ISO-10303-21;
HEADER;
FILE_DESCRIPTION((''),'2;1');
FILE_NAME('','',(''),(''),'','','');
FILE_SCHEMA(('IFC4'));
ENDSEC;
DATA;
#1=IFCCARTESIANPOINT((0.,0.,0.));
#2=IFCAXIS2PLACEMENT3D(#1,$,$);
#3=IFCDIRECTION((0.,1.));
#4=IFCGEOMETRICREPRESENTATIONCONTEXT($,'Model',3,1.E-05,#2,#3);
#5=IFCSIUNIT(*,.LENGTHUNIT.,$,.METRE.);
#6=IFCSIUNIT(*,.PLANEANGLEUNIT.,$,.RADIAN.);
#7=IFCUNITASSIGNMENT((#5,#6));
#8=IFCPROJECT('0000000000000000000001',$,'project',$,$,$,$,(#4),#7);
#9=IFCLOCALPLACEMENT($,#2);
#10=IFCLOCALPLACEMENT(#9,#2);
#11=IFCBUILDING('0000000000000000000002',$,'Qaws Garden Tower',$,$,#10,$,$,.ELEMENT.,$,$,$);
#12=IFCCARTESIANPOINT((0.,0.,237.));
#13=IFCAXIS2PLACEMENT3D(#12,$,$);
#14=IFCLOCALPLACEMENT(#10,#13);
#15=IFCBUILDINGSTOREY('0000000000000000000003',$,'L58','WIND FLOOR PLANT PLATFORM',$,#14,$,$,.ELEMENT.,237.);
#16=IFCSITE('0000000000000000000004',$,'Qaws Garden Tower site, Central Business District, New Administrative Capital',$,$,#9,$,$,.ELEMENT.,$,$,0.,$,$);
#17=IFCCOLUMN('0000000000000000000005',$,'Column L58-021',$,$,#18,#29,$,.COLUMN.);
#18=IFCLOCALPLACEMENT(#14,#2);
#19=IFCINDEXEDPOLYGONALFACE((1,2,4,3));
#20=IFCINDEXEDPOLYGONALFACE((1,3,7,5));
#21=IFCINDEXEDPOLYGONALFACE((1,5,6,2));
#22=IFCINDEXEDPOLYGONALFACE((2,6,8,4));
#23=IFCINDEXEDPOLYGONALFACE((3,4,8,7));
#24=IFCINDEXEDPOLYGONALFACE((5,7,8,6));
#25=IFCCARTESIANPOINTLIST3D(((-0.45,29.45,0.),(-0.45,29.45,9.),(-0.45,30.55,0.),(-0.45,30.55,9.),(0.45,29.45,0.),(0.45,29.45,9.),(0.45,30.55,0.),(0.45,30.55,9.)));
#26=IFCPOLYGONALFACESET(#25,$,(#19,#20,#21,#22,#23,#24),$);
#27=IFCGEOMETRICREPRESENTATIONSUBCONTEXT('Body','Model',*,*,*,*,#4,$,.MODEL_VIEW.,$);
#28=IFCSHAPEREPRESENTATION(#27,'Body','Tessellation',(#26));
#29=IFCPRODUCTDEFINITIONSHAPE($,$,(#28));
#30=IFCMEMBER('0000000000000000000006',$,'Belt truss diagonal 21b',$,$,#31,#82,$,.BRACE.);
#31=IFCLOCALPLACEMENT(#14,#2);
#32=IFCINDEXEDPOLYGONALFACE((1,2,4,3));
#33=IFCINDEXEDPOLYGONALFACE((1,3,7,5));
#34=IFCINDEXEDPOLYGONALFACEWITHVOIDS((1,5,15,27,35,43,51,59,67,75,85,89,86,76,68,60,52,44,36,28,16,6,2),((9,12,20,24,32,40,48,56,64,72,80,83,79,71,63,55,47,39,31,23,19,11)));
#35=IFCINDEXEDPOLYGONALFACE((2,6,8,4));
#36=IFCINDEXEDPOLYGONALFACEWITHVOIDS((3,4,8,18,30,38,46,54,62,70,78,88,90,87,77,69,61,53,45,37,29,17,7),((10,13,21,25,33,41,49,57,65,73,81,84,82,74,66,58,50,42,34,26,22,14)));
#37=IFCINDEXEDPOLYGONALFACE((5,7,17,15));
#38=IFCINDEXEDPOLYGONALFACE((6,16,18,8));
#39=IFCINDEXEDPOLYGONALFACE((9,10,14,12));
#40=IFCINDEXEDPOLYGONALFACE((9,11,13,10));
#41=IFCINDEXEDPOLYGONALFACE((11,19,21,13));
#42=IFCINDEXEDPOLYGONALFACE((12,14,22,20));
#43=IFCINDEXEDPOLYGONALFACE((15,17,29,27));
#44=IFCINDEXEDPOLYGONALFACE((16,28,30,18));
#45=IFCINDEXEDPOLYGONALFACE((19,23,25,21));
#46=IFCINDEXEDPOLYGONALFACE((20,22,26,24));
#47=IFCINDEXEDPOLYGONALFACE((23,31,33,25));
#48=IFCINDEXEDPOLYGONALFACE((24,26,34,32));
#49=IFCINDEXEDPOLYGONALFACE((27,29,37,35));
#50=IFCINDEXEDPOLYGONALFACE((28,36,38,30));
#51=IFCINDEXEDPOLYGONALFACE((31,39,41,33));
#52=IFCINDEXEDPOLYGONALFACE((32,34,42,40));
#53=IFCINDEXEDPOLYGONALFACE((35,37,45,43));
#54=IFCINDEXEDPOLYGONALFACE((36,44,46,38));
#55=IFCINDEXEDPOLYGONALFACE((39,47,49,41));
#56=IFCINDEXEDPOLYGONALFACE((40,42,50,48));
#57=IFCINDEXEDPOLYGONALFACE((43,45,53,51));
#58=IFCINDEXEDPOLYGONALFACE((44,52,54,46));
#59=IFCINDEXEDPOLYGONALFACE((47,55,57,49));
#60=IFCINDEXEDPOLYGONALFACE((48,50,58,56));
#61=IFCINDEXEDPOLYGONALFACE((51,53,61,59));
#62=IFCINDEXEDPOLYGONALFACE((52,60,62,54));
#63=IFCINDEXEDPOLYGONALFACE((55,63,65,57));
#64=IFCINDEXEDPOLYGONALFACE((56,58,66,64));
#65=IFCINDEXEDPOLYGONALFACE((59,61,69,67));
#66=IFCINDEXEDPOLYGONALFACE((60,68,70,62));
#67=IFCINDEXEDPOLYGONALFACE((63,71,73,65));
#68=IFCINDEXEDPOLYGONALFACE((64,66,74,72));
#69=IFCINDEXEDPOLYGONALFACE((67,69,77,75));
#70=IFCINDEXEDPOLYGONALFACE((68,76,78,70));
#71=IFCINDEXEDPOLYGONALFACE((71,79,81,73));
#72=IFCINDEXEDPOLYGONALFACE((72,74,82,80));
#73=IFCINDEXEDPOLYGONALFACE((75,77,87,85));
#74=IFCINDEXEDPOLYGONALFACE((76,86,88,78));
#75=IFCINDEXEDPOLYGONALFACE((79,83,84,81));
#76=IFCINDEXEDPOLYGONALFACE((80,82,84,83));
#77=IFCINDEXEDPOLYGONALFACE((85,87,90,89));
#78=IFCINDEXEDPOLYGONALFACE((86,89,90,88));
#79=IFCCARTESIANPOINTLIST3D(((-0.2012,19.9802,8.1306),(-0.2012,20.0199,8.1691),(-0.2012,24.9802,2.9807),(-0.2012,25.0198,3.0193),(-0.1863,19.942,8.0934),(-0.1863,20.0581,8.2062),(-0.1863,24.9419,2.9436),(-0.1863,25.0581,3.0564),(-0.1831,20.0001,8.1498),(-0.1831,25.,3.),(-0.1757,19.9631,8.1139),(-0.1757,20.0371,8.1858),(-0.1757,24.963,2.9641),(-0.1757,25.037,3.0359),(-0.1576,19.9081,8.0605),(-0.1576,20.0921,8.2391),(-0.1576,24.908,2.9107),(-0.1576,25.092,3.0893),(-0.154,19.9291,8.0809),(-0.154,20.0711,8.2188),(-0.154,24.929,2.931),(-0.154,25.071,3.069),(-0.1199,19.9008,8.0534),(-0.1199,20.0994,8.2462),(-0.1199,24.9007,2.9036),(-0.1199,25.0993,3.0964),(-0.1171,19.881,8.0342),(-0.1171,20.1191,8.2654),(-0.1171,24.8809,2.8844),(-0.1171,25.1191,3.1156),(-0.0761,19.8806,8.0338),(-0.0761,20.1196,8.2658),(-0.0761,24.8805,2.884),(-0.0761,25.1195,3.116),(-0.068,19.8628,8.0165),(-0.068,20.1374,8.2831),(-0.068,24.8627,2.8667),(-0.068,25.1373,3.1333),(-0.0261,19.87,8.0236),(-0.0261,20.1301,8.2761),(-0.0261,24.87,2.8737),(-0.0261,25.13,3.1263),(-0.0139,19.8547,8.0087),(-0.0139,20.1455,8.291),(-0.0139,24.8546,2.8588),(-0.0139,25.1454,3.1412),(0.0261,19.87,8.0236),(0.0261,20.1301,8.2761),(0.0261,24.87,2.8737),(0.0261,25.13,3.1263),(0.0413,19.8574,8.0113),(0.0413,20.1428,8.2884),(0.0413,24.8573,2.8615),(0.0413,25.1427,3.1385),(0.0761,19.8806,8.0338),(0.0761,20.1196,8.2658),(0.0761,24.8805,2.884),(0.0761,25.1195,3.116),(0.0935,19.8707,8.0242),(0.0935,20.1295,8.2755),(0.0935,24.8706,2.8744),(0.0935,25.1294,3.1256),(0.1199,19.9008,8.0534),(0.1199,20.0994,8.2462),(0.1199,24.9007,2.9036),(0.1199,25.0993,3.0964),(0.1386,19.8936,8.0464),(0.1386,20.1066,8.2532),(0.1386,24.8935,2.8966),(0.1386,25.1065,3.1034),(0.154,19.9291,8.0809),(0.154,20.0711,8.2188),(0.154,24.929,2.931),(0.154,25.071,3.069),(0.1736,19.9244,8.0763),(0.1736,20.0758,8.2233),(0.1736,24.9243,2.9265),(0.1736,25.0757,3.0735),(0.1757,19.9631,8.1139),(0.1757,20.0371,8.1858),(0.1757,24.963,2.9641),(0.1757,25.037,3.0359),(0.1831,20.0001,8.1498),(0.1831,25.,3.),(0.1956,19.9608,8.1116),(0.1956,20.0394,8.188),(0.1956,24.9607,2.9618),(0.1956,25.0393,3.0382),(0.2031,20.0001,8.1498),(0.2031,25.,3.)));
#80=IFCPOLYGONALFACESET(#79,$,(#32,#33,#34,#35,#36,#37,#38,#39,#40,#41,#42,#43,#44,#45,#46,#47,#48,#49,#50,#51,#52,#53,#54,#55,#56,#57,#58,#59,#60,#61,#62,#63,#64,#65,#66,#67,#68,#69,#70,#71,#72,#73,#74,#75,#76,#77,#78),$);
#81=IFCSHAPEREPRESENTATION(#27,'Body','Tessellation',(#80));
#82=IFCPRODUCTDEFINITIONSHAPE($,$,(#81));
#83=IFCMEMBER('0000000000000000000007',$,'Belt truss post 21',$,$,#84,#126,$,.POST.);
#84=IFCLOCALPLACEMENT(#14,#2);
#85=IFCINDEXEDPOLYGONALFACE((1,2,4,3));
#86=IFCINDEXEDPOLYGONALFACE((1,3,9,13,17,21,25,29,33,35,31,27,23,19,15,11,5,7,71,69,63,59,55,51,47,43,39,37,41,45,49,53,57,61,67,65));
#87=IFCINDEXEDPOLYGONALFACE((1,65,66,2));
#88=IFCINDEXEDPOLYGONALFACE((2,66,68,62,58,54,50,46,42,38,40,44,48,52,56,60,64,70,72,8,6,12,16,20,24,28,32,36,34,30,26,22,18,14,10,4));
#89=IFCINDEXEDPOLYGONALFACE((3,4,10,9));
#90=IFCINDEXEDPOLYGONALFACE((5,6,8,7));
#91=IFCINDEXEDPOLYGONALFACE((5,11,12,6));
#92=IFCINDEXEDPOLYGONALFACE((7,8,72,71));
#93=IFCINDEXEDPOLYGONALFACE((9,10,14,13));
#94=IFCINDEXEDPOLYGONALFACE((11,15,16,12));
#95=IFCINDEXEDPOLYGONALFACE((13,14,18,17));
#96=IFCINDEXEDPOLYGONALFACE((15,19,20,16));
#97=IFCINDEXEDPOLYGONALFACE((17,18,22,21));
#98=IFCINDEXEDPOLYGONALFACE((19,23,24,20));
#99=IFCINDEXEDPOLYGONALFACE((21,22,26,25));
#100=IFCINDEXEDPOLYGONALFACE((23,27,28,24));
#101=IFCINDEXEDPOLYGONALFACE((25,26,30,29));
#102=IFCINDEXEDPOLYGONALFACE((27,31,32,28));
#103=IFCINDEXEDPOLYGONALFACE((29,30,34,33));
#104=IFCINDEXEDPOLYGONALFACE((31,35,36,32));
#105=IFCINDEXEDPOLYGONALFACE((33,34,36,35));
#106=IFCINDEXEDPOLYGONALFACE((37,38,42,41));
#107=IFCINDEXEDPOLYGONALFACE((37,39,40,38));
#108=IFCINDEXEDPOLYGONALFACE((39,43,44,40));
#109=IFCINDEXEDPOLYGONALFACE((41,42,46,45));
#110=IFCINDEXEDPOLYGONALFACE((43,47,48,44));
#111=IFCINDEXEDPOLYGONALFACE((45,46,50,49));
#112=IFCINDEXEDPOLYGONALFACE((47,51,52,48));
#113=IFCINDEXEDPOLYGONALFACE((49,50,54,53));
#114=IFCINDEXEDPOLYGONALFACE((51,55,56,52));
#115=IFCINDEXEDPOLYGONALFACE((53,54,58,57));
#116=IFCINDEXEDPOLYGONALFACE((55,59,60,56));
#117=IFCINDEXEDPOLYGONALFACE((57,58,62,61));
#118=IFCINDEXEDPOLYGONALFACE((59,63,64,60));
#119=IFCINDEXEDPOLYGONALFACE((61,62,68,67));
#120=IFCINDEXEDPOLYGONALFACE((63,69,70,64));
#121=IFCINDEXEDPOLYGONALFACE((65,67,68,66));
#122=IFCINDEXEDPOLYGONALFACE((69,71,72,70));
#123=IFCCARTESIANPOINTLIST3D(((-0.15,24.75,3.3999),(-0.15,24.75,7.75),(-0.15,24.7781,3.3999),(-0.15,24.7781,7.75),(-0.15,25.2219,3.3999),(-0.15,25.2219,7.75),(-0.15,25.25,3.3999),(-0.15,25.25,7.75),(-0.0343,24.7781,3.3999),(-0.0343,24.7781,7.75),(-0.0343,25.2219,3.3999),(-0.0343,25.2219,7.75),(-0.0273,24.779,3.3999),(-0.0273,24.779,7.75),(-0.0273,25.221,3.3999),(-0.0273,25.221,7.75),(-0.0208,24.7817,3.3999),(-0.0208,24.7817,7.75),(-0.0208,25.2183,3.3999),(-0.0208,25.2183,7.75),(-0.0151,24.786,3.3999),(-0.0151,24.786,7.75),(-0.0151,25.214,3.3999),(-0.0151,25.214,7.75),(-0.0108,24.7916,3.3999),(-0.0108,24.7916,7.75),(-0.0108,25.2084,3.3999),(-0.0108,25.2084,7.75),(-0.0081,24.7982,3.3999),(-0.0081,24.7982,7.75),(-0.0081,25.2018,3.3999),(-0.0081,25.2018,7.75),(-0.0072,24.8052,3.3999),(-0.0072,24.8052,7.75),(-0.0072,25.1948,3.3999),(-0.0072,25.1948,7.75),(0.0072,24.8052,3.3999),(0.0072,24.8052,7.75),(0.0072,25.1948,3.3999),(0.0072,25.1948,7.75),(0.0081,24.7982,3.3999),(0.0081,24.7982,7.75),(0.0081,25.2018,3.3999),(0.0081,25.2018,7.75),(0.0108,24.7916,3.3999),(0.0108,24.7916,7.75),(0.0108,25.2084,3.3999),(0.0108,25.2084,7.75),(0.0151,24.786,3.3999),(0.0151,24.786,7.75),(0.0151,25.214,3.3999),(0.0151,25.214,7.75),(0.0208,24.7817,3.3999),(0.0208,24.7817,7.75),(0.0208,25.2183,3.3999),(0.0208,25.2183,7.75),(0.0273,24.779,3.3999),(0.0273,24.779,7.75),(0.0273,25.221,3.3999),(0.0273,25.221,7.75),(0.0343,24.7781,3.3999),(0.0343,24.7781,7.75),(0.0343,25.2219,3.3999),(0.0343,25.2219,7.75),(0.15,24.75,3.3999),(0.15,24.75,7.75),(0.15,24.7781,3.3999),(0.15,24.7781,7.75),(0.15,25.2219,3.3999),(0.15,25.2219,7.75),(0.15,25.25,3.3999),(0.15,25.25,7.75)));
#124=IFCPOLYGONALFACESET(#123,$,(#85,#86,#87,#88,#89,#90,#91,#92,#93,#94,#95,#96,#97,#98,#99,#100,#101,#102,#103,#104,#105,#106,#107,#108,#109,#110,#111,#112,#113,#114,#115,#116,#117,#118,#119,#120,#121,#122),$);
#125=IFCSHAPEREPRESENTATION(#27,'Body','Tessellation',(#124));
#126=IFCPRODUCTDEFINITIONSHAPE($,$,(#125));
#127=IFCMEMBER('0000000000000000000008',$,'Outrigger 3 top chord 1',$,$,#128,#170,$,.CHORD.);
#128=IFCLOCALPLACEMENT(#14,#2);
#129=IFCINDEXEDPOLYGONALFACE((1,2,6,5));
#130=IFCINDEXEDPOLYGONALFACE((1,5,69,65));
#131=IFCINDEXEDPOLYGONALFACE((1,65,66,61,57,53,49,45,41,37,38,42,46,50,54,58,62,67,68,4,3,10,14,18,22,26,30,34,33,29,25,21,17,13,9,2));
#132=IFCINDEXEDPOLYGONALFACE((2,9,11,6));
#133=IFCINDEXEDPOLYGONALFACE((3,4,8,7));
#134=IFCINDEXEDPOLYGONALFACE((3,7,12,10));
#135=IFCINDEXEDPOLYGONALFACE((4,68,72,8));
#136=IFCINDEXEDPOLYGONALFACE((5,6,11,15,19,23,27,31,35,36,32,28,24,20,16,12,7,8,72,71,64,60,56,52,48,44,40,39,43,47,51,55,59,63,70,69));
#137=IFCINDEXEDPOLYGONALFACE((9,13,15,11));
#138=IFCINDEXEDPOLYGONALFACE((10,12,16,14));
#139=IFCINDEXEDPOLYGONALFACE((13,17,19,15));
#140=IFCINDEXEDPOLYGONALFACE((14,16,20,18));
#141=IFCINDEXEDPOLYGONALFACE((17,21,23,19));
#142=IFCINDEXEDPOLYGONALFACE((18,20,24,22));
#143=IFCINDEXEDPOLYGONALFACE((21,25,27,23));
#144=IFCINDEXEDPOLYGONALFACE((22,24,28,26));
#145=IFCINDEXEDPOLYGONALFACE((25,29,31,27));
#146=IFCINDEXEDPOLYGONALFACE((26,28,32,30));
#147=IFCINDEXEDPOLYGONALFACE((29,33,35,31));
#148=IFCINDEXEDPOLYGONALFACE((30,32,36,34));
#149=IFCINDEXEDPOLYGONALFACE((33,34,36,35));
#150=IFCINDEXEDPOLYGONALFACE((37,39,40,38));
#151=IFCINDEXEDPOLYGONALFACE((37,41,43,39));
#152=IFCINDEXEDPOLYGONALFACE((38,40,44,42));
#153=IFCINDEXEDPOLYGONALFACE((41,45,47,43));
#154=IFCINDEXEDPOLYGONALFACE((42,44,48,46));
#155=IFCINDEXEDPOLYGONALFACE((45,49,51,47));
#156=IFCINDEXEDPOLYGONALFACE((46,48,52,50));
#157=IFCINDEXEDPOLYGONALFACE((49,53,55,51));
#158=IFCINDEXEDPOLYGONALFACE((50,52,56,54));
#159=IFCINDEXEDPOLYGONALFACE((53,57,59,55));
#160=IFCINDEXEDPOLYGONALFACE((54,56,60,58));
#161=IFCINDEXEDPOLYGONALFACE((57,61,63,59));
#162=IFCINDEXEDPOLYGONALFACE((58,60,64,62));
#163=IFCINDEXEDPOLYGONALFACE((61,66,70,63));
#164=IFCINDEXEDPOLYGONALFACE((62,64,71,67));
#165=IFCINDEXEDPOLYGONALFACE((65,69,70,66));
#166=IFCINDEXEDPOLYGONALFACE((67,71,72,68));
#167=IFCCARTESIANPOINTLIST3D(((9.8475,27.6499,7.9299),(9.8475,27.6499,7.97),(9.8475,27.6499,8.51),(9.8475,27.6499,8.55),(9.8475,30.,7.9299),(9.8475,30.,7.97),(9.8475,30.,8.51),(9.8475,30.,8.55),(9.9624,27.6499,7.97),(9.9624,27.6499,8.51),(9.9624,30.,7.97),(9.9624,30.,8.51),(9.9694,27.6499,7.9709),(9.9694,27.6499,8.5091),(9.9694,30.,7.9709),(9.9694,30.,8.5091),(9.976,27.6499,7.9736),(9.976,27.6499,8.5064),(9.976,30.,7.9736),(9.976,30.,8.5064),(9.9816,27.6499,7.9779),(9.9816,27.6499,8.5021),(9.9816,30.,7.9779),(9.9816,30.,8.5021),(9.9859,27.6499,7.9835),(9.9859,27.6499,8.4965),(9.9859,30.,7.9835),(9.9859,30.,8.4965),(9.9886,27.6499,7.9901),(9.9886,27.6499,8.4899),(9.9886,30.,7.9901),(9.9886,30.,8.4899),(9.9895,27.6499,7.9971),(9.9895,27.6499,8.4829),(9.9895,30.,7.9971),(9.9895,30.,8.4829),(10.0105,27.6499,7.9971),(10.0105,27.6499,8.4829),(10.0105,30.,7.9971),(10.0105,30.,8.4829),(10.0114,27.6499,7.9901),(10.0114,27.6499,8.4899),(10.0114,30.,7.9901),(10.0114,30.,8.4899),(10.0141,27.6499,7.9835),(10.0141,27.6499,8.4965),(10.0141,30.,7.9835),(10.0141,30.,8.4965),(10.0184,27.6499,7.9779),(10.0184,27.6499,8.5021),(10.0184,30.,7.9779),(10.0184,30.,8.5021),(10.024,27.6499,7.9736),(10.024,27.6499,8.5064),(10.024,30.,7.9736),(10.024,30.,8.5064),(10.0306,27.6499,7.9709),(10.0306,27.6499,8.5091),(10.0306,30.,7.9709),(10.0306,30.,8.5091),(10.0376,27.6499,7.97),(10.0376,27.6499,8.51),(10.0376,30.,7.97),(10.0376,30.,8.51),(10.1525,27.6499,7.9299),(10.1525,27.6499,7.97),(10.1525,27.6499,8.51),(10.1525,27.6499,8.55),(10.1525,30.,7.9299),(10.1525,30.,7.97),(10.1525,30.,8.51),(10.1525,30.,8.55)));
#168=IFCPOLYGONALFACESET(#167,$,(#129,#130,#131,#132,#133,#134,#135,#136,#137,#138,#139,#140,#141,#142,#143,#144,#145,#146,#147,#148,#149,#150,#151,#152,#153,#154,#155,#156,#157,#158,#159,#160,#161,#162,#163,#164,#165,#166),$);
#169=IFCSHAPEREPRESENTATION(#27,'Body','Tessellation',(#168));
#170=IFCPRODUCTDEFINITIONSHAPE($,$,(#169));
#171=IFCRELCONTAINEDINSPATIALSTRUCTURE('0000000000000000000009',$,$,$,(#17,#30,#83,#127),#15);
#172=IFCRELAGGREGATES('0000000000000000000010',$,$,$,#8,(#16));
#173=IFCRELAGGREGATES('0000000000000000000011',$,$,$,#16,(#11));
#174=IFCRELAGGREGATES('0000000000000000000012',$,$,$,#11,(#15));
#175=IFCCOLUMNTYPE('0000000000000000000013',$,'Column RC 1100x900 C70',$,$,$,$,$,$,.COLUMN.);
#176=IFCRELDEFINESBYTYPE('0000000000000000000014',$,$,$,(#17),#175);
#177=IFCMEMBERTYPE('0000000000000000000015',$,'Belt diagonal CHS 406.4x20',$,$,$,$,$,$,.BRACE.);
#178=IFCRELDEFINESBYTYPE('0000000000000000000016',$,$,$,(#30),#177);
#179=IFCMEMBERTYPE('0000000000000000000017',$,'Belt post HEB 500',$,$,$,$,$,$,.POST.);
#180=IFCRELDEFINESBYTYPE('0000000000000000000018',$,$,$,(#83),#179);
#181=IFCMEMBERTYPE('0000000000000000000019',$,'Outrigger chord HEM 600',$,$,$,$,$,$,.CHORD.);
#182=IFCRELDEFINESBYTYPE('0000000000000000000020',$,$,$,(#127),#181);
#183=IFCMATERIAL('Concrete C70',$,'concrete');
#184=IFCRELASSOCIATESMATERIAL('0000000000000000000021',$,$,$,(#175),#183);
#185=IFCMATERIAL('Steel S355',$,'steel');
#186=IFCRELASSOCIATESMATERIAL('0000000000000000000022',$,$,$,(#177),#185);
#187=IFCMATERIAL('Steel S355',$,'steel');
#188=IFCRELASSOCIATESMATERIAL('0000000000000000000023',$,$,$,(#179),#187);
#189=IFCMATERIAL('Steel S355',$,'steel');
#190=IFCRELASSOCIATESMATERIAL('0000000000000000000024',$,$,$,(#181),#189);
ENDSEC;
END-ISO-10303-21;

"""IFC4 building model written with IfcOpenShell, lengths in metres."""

from ifc_helpers import new_model, si_unit, direction, frame, origin, origin_2d, place, context, subcontext, project, spatial, rectangle, hollow_circle, i_section, extrude, material, material_profile, profile_set, type_object, element, save


model = new_model("IFC4")

# Units and contexts
model_context = context("Model", 3, precision=1e-05, world=origin(), true_north=direction((0.0, 1.0)))
body_context = subcontext(model_context, "Body", "Model", "MODEL_VIEW")
ifc_project = project(units=[si_unit("LENGTHUNIT", "METRE"), si_unit("PLANEANGLEUNIT", "RADIAN")], contexts=[model_context])

# Site, building, storey
site_placement = place(None, origin())
site = spatial("IfcSite", under=ifc_project, at=site_placement, Name="Qaws Garden Tower site, Central Business District, New Administrative Capital", CompositionType="ELEMENT", RefElevation=0.0)
building_placement = place(site_placement, origin())
building = spatial("IfcBuilding", under=site, at=building_placement, Name="Qaws Garden Tower", CompositionType="ELEMENT")
storey_placement = place(building_placement, frame((0.0, 0.0, 237.0)))
storey = spatial("IfcBuildingStorey", under=building, at=storey_placement, Name="L58", Description="WIND FLOOR PLANT PLATFORM", CompositionType="ELEMENT", Elevation=237.0)

# Column
ifc_material_1 = material(Name="Concrete C70", Category="concrete")
ifc_material_profile_1 = material_profile(ifc_material_1, rectangle(XDim=1.1001, YDim=0.8999, at=origin_2d()), Name="RC 1100x900")
ifc_profile_set_1 = profile_set([ifc_material_profile_1], Name="Concrete C70")
column_type = type_object("IfcColumnType", Name="Column RC 1100x900 C70", PredefinedType="COLUMN", material=ifc_profile_set_1)
column_placement = place(storey_placement, frame((0.0, 30.0, 0.0), z_axis=(0.0, 0.0, 1.0), x_axis=(0.0, 1.0, 0.0)))
element("IfcColumn", 1, at=column_placement, inside=storey, type_object=column_type, Name="Column L58-021", PredefinedType="COLUMN", context=body_context, shape_type="SweptSolid", body=[
    extrude(rectangle(XDim=1.1001, YDim=0.8999, at=origin_2d()), origin(), (0.0, 0.0, 1.0), 9.0),
])

# Members
ifc_material_2 = material(Name="Steel S355", Category="steel")
ifc_material_profile_2 = material_profile(ifc_material_2, hollow_circle(Radius=0.2031, WallThickness=0.02, at=origin_2d()), Name="CHS 406.4x20")
ifc_profile_set_2 = profile_set([ifc_material_profile_2], Name="Steel S355")
member_type_1 = type_object("IfcMemberType", Name="Belt diagonal CHS 406.4x20", PredefinedType="BRACE", material=ifc_profile_set_2)
member_1_placement = place(storey_placement, frame((0.0, 25.0, 3.0), z_axis=(0.0, -0.696588, 0.717472), x_axis=(1.0, 0.0, 0.0)))
element("IfcMember", 2, at=member_1_placement, inside=storey, type_object=member_type_1, Name="Belt truss diagonal 21b", PredefinedType="BRACE", context=body_context, shape_type="SweptSolid", body=[
    extrude(hollow_circle(Radius=0.2031, WallThickness=0.02, at=origin_2d()), origin(), (0.0, 0.0, 1.0), 7.1777),
])
ifc_material_3 = material(Name="Steel S355", Category="steel")
ifc_material_profile_3 = material_profile(ifc_material_3, i_section(OverallWidth=0.3, OverallDepth=0.5, WebThickness=0.0144, FlangeThickness=0.0281, FilletRadius=0.0271, at=origin_2d()), Name="HEB 500")
ifc_profile_set_3 = profile_set([ifc_material_profile_3], Name="Steel S355")
member_type_2 = type_object("IfcMemberType", Name="Belt post HEB 500", PredefinedType="POST", material=ifc_profile_set_3)
placement = place(storey_placement, frame((0.0, 25.0, 3.3999), z_axis=(0.0, 0.0, 1.0), x_axis=(1.0, 0.0, 0.0)))
element("IfcMember", 3, at=placement, inside=storey, type_object=member_type_2, Name="Belt truss post 21", PredefinedType="POST", context=body_context, shape_type="SweptSolid", body=[
    extrude(i_section(OverallWidth=0.3, OverallDepth=0.5, WebThickness=0.0144, FlangeThickness=0.0281, FilletRadius=0.0271, at=origin_2d()), origin(), (0.0, 0.0, 1.0), 4.3501),
])
ifc_material_4 = material(Name="Steel S355", Category="steel")
ifc_material_profile_4 = material_profile(ifc_material_4, i_section(OverallWidth=0.3049, OverallDepth=0.6201, WebThickness=0.021, FlangeThickness=0.04, FilletRadius=0.0271, at=origin_2d()), Name="HEM 600")
ifc_profile_set_4 = profile_set([ifc_material_profile_4], Name="Steel S355")
member_type_3 = type_object("IfcMemberType", Name="Outrigger chord HEM 600", PredefinedType="CHORD", material=ifc_profile_set_4)
for number, where, z_axis, x_axis, name in (
    (4, (10.0, 27.6499, 8.24), (0.0, 1.0, 0.0), (-1.0, 0.0, 0.0), "Outrigger 3 top chord 1"),
):
    element("IfcMember", number, at=place(storey_placement, frame(where, z_axis=z_axis, x_axis=x_axis)), inside=storey, type_object=member_type_3, Name=name, PredefinedType="CHORD", context=body_context, shape_type="SweptSolid", body=[
        extrude(i_section(OverallWidth=0.3049, OverallDepth=0.6201, WebThickness=0.021, FlangeThickness=0.04, FilletRadius=0.0271, at=origin_2d()), origin(), (0.0, 0.0, 1.0), 2.3501),
    ])

save(model, "model.ifc")
